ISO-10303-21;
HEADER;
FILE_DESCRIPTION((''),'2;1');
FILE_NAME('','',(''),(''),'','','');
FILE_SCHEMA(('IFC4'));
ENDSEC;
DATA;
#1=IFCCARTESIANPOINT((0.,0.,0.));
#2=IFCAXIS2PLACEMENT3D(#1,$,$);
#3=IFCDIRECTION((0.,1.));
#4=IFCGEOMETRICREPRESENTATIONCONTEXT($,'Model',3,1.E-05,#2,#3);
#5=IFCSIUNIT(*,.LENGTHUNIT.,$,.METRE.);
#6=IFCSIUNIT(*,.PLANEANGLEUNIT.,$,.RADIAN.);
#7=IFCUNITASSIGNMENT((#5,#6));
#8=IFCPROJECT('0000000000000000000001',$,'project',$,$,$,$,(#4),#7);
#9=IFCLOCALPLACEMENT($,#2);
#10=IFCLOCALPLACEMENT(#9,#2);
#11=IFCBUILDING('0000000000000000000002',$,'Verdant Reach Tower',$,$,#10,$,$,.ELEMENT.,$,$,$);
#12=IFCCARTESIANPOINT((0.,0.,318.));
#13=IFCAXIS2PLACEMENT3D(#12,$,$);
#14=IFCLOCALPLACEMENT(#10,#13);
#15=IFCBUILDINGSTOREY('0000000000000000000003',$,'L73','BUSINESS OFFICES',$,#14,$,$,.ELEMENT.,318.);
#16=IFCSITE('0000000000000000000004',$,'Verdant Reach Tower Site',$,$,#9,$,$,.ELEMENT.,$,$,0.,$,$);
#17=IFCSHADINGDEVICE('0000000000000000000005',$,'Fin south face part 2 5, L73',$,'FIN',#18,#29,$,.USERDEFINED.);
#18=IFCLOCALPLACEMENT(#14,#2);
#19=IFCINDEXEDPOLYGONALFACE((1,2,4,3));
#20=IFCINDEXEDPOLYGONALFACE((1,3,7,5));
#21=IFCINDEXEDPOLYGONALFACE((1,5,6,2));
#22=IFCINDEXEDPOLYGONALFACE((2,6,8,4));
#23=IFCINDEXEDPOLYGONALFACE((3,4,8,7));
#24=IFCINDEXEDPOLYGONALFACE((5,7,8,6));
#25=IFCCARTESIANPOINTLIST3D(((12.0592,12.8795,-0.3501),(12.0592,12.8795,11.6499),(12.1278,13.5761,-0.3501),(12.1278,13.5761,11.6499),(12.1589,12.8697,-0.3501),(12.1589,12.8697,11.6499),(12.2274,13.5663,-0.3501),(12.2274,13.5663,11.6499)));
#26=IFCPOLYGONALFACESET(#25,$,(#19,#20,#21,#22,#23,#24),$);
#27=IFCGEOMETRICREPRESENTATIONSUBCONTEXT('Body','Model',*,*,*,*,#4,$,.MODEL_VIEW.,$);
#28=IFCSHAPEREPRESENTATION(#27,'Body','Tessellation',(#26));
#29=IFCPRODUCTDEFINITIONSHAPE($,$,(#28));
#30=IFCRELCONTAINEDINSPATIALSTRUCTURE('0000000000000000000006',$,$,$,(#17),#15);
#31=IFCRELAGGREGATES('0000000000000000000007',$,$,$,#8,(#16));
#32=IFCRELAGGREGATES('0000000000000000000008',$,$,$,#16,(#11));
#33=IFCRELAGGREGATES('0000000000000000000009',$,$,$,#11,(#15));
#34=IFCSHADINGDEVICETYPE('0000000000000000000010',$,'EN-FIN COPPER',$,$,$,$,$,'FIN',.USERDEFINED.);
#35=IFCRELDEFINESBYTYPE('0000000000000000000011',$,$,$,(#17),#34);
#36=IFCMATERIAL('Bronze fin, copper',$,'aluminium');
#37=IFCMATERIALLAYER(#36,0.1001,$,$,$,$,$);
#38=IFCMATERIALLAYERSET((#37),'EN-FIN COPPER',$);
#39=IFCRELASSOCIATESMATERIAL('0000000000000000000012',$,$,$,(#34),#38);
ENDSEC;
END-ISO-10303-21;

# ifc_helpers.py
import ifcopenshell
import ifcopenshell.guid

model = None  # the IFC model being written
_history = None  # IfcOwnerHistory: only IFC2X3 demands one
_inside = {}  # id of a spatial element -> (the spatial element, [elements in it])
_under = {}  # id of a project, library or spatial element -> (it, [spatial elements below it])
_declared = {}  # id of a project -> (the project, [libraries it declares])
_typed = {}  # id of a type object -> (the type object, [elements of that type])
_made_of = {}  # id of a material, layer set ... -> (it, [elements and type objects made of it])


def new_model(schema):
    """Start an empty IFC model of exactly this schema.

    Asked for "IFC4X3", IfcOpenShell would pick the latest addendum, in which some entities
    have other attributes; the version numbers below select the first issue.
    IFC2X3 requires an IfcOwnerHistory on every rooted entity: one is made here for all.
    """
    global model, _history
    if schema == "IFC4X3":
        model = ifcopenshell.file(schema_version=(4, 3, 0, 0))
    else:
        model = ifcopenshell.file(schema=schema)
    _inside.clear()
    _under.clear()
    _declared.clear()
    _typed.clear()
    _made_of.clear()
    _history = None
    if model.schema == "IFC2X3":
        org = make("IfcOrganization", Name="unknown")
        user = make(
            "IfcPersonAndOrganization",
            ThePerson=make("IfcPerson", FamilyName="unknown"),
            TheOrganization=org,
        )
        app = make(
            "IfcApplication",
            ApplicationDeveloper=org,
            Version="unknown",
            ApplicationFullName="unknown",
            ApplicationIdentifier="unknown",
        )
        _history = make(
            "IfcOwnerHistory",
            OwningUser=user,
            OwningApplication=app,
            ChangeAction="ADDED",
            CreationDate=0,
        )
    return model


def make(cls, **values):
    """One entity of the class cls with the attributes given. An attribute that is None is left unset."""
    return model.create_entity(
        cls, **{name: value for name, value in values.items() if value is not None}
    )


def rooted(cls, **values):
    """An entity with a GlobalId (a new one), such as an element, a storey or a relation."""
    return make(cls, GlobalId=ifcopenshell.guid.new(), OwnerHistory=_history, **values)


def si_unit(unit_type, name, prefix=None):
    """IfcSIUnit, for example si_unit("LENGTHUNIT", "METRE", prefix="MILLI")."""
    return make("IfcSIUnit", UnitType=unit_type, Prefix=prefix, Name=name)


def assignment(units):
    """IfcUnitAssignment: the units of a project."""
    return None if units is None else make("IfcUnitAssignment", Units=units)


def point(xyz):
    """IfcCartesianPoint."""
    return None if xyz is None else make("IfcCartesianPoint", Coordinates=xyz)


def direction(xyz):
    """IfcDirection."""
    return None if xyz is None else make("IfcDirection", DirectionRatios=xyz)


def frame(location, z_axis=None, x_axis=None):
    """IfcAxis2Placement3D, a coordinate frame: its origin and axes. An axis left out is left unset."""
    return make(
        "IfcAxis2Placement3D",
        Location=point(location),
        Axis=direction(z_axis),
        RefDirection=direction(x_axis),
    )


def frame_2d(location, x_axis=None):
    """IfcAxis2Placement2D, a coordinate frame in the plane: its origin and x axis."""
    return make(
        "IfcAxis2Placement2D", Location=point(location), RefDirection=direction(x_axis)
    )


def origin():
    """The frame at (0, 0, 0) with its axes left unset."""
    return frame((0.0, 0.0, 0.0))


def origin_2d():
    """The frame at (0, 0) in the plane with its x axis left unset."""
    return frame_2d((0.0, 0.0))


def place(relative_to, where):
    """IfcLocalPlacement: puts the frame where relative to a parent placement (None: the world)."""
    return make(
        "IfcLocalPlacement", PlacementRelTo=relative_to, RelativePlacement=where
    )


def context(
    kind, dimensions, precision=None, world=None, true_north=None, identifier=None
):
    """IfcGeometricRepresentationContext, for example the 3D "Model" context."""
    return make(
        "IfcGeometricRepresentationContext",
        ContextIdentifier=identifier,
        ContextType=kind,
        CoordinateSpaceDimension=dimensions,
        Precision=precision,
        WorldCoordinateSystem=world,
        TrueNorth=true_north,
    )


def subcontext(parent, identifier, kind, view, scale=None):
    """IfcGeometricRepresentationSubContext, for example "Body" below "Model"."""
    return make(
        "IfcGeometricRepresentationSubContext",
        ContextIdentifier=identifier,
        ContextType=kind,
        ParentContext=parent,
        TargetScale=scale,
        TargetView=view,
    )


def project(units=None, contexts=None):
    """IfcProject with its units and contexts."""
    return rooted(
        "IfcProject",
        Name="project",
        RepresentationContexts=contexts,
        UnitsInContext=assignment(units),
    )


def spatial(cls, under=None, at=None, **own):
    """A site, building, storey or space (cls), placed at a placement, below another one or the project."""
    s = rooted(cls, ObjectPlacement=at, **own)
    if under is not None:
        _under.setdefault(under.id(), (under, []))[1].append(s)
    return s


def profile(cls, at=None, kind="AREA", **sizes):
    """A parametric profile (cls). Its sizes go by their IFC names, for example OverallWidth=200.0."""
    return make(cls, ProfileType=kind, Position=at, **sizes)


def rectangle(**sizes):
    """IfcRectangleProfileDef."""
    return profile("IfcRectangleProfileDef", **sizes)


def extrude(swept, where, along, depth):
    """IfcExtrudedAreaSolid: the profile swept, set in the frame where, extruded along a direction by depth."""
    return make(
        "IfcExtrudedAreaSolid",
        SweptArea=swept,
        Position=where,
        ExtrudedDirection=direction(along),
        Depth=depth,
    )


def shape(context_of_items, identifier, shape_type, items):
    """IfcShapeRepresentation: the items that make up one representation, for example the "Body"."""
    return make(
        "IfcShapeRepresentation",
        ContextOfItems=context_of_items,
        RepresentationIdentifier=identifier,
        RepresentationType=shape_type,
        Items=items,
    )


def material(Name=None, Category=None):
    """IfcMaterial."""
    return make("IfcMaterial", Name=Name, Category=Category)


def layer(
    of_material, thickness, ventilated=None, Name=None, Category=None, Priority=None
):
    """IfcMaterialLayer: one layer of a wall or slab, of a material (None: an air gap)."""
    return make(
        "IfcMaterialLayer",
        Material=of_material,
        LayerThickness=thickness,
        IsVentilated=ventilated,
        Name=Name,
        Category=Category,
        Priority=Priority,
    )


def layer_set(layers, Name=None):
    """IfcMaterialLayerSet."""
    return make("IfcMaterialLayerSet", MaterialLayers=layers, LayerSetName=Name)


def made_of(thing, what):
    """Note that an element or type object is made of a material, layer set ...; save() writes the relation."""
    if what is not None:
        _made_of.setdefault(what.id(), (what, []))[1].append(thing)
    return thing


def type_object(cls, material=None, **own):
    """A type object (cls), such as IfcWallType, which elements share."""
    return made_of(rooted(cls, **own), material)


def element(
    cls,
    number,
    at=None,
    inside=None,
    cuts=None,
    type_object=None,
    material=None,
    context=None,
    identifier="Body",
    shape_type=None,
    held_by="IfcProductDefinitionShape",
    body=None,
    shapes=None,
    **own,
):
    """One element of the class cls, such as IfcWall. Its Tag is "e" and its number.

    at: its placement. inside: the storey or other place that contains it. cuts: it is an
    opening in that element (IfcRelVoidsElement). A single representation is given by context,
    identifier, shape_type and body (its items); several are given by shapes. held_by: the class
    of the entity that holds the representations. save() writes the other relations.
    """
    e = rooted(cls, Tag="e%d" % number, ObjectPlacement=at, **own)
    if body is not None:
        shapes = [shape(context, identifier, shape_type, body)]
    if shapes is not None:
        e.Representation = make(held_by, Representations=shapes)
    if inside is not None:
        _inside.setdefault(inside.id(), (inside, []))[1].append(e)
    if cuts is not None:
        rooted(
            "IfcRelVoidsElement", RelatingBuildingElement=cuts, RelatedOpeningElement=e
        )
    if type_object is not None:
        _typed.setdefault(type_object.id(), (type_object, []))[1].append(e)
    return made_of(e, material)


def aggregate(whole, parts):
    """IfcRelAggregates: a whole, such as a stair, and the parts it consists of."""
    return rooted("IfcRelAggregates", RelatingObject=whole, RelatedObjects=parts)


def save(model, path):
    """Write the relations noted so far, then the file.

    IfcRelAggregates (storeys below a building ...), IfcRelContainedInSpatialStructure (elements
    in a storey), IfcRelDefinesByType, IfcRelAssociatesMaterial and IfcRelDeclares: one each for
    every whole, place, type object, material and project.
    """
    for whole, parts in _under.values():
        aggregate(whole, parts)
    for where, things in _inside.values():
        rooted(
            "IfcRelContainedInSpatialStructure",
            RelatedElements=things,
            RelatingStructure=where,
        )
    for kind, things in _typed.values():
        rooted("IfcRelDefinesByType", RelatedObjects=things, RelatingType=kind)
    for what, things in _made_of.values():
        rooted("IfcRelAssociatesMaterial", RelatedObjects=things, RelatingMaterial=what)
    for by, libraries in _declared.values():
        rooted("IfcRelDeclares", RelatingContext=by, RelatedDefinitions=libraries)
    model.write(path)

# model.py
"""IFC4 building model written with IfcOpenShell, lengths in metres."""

from ifc_helpers import new_model, si_unit, direction, frame, origin, origin_2d, place, context, subcontext, project, spatial, rectangle, extrude, material, layer, layer_set, type_object, element, save


model = new_model("IFC4")

# Units and contexts
model_context = context("Model", 3, precision=1e-05, world=origin(), true_north=direction((0.0, 1.0)))
body_context = subcontext(model_context, "Body", "Model", "MODEL_VIEW")
ifc_project = project(units=[si_unit("LENGTHUNIT", "METRE"), si_unit("PLANEANGLEUNIT", "RADIAN")], contexts=[model_context])

# Site, building, storey
site_placement = place(None, origin())
site = spatial("IfcSite", under=ifc_project, at=site_placement, Name="Verdant Reach Tower Site", CompositionType="ELEMENT", RefElevation=0.0)
building_placement = place(site_placement, origin())
building = spatial("IfcBuilding", under=site, at=building_placement, Name="Verdant Reach Tower", CompositionType="ELEMENT")
storey_placement = place(building_placement, frame((0.0, 0.0, 318.0)))
storey = spatial("IfcBuildingStorey", under=building, at=storey_placement, Name="L73", Description="BUSINESS OFFICES", CompositionType="ELEMENT", Elevation=318.0)

# Shading device
ifc_material_1 = material(Name="Bronze fin, copper", Category="aluminium")
ifc_layer_1 = layer(ifc_material_1, 0.1001)
ifc_layer_set_1 = layer_set([ifc_layer_1], Name="EN-FIN COPPER")
shading_device_type_1 = type_object("IfcShadingDeviceType", Name="EN-FIN COPPER", ElementType="FIN", PredefinedType="USERDEFINED", material=ifc_layer_set_1)
for number, where, z_axis, x_axis, name in (
    (1, (12.1433, 13.2229, -0.3501), (0.0, 0.0, 1.0), (0.995197, -0.097888, 0.0), "Fin south face part 2 5, L73"),
):
    element("IfcShadingDevice", number, at=place(storey_placement, frame(where, z_axis=z_axis, x_axis=x_axis)), inside=storey, type_object=shading_device_type_1, Name=name, ObjectType="FIN", PredefinedType="USERDEFINED", context=body_context, shape_type="SweptSolid", body=[
        extrude(rectangle(XDim=0.1001, YDim=0.7, at=origin_2d()), origin(), (0.0, 0.0, 1.0), 12.0),
    ])

save(model, "model.ifc")
